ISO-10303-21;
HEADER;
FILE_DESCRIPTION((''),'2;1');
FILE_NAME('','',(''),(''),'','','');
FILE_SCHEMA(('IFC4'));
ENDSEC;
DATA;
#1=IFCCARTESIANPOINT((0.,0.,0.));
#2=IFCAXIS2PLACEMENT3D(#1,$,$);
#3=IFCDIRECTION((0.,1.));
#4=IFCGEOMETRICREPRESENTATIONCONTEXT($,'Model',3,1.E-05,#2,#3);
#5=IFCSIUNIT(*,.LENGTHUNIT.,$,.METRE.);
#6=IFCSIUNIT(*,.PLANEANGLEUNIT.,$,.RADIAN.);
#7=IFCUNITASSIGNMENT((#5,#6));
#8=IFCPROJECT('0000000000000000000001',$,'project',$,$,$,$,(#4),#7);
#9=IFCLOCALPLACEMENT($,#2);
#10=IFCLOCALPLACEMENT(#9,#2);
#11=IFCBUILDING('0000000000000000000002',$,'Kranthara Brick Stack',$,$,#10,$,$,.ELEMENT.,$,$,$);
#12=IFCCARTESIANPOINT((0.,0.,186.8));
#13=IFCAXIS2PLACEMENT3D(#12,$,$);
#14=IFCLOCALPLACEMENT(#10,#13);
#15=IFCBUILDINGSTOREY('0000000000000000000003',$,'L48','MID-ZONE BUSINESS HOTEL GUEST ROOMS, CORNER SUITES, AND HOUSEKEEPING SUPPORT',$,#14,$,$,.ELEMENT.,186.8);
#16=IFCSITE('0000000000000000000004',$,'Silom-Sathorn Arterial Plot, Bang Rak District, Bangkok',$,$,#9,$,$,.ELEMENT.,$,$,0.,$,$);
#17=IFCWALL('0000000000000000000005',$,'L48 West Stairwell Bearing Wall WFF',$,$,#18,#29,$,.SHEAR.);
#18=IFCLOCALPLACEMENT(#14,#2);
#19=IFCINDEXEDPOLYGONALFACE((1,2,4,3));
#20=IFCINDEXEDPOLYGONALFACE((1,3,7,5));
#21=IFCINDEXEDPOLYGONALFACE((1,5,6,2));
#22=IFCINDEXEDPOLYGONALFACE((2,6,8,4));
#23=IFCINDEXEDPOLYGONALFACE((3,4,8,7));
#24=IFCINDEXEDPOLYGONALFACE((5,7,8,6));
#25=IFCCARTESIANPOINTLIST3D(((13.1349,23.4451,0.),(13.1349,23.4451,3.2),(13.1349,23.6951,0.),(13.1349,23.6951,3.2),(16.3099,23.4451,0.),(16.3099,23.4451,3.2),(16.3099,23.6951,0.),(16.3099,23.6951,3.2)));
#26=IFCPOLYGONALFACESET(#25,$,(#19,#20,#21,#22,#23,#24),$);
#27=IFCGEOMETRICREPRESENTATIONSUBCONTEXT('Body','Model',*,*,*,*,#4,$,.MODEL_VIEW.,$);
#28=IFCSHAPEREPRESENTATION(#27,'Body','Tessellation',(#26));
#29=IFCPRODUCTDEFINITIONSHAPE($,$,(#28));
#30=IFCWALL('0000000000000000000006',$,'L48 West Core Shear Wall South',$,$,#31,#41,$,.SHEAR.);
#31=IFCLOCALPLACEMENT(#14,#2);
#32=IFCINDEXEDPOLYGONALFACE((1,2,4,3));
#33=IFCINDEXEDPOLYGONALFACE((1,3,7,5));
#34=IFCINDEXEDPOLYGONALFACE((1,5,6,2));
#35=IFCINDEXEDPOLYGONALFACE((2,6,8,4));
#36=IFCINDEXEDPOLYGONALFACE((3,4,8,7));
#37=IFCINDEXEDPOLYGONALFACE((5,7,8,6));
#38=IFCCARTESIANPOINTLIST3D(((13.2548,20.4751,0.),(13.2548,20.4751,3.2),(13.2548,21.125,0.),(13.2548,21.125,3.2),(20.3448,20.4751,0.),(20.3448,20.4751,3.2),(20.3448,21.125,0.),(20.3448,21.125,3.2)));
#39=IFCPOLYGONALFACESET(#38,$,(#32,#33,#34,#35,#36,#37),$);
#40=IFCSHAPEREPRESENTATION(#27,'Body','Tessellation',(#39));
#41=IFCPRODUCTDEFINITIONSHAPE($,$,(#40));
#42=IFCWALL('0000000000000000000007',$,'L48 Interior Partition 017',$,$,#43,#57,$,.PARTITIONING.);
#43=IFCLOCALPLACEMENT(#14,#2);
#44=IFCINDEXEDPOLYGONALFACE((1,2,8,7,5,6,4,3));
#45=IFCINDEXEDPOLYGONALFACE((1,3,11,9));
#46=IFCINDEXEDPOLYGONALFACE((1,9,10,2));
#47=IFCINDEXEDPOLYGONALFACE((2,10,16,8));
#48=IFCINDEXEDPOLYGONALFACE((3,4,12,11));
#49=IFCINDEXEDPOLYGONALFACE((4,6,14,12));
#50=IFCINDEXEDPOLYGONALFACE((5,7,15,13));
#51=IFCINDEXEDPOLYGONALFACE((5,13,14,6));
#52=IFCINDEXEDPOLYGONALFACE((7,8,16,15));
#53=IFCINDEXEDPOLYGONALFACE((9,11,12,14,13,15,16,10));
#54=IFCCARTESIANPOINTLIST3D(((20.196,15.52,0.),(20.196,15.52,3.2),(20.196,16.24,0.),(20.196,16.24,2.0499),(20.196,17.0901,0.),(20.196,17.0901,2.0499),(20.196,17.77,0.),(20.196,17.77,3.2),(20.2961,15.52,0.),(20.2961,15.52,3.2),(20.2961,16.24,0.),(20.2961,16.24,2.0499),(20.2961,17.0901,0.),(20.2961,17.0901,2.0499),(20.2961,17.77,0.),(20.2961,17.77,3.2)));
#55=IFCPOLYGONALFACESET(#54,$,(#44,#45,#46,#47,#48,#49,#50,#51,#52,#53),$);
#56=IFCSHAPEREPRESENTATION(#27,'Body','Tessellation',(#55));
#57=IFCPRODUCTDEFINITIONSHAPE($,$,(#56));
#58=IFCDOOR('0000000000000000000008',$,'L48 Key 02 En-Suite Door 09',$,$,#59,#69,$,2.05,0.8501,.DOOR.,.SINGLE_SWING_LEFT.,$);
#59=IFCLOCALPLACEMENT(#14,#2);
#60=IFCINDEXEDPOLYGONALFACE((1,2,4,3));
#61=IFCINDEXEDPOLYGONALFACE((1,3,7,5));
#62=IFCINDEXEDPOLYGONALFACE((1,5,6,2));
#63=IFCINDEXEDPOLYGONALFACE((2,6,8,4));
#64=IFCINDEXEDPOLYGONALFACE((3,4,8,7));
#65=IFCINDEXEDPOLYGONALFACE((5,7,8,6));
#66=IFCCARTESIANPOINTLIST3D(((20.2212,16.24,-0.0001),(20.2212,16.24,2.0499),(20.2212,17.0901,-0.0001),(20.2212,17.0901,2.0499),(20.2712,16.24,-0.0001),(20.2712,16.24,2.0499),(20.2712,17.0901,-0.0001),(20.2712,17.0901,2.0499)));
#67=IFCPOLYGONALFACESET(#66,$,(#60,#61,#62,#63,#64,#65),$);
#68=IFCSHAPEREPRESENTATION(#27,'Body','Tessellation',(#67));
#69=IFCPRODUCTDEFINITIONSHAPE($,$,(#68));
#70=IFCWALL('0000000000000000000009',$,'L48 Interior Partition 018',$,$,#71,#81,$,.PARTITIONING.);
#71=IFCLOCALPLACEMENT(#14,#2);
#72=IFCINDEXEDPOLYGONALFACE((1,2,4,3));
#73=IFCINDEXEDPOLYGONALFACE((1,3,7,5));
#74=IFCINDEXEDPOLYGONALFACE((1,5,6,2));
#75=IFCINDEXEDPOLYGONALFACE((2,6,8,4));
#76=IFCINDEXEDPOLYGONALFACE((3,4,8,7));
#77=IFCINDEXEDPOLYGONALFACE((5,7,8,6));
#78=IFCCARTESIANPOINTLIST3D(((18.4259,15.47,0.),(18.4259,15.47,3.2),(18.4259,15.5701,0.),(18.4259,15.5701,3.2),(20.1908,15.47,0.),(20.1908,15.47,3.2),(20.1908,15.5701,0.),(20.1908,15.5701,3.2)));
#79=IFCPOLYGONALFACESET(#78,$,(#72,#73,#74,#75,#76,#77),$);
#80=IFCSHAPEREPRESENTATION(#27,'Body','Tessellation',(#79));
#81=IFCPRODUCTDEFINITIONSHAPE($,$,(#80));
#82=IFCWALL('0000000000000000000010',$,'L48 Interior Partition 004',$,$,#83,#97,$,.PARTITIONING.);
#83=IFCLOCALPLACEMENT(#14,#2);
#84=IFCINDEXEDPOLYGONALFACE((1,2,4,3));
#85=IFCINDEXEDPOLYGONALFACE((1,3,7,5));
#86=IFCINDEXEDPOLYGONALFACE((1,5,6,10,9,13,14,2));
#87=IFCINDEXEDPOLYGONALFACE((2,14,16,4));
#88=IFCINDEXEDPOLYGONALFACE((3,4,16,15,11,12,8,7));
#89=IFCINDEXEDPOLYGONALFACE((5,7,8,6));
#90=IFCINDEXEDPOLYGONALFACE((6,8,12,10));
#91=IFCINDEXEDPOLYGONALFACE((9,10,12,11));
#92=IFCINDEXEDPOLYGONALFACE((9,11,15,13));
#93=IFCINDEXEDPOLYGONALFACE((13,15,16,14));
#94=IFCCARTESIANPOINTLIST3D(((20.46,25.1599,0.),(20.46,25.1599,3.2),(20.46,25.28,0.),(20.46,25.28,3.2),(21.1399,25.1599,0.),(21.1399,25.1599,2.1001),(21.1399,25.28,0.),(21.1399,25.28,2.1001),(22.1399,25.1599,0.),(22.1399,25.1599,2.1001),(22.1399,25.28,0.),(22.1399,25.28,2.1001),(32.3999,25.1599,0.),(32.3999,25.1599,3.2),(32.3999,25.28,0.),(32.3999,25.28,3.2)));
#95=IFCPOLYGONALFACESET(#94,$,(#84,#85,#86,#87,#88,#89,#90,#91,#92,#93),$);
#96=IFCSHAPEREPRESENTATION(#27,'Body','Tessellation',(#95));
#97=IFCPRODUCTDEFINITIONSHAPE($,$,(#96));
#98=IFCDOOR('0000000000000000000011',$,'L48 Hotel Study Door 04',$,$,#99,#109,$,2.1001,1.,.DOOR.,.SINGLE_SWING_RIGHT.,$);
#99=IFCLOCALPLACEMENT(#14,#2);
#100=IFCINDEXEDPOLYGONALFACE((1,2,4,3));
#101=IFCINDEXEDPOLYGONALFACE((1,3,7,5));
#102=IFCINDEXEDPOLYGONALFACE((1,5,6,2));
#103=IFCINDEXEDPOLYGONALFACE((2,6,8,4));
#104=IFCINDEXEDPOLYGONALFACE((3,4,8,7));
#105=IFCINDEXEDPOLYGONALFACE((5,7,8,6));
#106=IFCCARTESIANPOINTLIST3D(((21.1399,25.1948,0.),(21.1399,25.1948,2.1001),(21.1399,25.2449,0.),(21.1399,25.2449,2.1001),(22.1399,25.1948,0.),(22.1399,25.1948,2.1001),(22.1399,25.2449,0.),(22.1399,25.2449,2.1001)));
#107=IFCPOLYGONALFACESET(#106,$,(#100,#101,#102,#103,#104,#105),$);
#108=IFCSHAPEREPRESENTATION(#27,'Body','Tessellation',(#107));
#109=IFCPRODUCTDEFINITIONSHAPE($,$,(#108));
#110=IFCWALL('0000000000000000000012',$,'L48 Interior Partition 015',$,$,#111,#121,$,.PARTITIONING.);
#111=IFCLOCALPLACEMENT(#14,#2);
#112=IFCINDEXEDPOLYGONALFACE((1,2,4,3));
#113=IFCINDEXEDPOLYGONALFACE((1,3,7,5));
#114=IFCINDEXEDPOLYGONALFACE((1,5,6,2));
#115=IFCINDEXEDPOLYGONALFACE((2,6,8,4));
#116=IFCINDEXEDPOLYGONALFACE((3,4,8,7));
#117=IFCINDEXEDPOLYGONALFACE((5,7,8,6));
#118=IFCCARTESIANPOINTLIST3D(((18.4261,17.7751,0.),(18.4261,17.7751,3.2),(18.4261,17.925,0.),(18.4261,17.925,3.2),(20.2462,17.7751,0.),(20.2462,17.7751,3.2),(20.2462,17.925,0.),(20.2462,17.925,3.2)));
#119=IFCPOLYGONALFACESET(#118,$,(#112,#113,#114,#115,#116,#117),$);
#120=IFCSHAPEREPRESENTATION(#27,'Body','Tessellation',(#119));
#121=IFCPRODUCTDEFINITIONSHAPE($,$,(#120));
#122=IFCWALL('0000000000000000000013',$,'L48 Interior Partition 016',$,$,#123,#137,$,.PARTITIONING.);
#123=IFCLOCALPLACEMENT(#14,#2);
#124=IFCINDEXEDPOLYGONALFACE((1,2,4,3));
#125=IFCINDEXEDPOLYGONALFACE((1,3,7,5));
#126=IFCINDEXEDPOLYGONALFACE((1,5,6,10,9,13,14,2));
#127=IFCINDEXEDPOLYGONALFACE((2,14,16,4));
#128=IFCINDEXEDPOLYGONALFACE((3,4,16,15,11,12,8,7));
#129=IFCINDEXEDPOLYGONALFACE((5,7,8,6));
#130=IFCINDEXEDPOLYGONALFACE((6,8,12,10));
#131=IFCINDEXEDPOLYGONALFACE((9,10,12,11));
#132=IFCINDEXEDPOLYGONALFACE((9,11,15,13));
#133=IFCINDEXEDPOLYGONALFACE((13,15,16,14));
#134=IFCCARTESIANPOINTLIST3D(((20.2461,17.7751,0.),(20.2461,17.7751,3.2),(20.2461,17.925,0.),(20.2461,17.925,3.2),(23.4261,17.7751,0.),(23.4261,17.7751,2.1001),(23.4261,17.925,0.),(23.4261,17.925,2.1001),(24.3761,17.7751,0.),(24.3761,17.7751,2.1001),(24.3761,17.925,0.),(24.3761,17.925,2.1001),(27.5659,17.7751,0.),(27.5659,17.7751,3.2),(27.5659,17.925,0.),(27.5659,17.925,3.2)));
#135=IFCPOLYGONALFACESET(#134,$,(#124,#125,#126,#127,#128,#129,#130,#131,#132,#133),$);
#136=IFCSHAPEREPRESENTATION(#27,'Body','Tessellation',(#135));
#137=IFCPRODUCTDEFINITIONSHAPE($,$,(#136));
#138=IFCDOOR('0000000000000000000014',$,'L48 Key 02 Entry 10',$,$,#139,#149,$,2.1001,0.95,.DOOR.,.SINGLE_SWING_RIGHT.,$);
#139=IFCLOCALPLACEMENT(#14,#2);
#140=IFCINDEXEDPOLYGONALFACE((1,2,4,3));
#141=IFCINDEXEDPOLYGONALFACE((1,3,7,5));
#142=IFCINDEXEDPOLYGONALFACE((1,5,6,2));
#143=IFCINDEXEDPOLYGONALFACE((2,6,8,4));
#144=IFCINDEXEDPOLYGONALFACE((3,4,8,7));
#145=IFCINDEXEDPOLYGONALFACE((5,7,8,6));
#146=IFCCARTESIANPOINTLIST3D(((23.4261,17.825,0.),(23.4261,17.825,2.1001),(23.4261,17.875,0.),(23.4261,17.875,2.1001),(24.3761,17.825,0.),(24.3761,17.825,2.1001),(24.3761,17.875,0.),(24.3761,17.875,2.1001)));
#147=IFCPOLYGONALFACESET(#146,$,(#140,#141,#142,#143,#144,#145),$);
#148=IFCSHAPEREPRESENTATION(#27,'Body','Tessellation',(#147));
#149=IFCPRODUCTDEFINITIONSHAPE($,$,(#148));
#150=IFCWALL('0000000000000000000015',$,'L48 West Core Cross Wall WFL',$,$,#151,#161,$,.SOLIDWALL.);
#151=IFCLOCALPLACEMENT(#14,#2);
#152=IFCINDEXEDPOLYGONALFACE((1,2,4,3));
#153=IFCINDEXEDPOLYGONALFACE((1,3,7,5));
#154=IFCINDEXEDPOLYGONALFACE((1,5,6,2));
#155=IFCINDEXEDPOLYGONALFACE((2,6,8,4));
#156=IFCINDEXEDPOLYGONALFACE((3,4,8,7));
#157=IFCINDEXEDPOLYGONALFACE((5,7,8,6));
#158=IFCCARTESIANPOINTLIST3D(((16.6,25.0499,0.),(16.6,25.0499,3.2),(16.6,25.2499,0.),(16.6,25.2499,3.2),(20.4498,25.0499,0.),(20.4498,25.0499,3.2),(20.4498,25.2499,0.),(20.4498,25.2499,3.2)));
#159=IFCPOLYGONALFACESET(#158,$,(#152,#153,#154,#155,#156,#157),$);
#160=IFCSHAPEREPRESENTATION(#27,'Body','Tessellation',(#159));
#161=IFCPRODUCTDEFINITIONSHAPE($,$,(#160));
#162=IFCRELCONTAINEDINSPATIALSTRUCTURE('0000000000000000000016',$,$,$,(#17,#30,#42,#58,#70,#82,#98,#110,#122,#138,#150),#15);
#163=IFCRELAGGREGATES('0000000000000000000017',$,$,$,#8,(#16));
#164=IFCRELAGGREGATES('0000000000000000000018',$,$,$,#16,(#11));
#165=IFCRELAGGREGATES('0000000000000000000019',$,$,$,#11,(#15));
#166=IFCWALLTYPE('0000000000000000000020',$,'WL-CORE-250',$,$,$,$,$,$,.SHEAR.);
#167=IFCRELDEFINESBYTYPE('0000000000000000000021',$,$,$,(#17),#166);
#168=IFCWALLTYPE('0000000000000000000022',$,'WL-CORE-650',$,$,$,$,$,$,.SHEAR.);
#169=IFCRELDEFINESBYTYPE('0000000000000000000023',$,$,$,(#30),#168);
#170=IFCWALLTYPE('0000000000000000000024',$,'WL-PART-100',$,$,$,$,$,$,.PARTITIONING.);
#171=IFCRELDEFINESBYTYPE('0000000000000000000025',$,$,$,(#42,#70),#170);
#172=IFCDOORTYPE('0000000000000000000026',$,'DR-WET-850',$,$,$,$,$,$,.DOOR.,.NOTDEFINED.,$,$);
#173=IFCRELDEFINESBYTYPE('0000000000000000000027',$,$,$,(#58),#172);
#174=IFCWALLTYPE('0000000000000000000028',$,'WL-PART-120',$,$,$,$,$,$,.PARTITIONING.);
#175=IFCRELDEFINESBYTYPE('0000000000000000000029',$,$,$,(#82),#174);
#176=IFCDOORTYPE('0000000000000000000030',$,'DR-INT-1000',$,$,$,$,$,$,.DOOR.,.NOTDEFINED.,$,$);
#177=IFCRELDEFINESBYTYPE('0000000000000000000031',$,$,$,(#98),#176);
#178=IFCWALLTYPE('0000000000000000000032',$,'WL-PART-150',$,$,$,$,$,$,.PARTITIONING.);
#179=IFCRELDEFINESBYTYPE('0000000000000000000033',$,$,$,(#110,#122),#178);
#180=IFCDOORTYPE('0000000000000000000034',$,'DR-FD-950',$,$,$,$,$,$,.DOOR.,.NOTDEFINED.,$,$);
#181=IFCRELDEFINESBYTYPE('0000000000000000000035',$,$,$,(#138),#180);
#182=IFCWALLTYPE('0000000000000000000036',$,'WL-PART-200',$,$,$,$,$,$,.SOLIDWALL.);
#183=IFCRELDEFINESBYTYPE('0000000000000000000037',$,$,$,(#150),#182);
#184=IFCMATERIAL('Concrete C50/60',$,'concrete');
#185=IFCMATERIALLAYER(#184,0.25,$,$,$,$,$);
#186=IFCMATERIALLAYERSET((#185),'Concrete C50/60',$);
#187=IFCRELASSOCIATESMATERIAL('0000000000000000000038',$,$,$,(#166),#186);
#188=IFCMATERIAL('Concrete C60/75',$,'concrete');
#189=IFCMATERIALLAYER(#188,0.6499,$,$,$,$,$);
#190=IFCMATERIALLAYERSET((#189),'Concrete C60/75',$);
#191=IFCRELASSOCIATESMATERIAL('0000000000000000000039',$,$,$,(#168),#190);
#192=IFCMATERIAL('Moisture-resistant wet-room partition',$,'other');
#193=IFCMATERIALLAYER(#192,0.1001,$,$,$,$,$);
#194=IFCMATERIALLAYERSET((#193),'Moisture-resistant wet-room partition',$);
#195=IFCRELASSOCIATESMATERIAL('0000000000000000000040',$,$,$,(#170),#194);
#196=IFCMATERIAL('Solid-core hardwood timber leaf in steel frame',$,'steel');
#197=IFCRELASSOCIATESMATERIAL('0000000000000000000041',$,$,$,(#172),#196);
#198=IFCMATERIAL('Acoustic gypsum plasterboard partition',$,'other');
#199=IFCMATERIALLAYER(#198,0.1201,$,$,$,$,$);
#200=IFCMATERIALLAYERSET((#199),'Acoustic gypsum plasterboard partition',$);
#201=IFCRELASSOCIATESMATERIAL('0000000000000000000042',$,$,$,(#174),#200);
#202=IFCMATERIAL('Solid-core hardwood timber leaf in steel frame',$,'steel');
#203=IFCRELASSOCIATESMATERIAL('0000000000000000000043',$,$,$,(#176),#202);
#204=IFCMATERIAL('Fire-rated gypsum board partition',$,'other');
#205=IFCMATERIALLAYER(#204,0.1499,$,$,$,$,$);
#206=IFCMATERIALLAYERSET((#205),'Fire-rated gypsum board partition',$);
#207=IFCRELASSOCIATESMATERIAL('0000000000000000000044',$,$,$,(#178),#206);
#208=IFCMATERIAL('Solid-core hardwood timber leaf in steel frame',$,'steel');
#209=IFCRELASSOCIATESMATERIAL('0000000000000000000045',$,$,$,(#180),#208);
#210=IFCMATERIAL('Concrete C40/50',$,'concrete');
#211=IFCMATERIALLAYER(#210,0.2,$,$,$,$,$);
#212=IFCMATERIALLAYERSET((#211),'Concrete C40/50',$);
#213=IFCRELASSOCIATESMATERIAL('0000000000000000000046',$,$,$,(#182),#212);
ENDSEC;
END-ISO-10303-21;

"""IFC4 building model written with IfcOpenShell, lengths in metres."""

from ifc_helpers import new_model, si_unit, direction, frame, frame_2d, origin, place, context, subcontext, project, spatial, rectangle, extrude, material, layer, layer_set, type_object, element, fill, save


model = new_model("IFC4")

# Units and contexts
model_context = context("Model", 3, precision=1e-05, world=origin(), true_north=direction((0.0, 1.0)))
body_context = subcontext(model_context, "Body", "Model", "MODEL_VIEW")
ifc_project = project(units=[si_unit("LENGTHUNIT", "METRE"), si_unit("PLANEANGLEUNIT", "RADIAN")], contexts=[model_context])

# Site, building, storey
site_placement = place(None, origin())
site = spatial("IfcSite", under=ifc_project, at=site_placement, Name="Silom-Sathorn Arterial Plot, Bang Rak District, Bangkok", CompositionType="ELEMENT", RefElevation=0.0)
building_placement = place(site_placement, origin())
building = spatial("IfcBuilding", under=site, at=building_placement, Name="Kranthara Brick Stack", CompositionType="ELEMENT")
storey_placement = place(building_placement, frame((0.0, 0.0, 186.8)))
storey = spatial("IfcBuildingStorey", under=building, at=storey_placement, Name="L48", Description="MID-ZONE BUSINESS HOTEL GUEST ROOMS, CORNER SUITES, AND HOUSEKEEPING SUPPORT", CompositionType="ELEMENT", Elevation=186.8)

# Shared definitions
ifc_material_1 = material(Name="Concrete C50/60", Category="concrete")
ifc_layer_1 = layer(ifc_material_1, 0.25)
ifc_layer_set_1 = layer_set([ifc_layer_1], Name="Concrete C50/60")
wall_type_1 = type_object("IfcWallType", Name="WL-CORE-250", PredefinedType="SHEAR", material=ifc_layer_set_1)

# Walls
wall_1_placement = place(storey_placement, frame((13.135, 23.5701, 0.0), z_axis=(0.0, 0.0, 1.0), x_axis=(1.0, 0.0, 0.0)))
element("IfcWall", 1, at=wall_1_placement, inside=storey, type_object=wall_type_1, Name="L48 West Stairwell Bearing Wall WFF", PredefinedType="SHEAR", context=body_context, shape_type="SweptSolid", body=[
    extrude(rectangle(XDim=3.175, YDim=0.25, at=frame_2d((1.5874, 0.0))), origin(), (0.0, 0.0, 1.0), 3.2),
])
ifc_material_2 = material(Name="Concrete C60/75", Category="concrete")
ifc_layer_2 = layer(ifc_material_2, 0.6499)
ifc_layer_set_2 = layer_set([ifc_layer_2], Name="Concrete C60/75")
wall_type_2 = type_object("IfcWallType", Name="WL-CORE-650", PredefinedType="SHEAR", material=ifc_layer_set_2)
wall_2_placement = place(storey_placement, frame((13.2549, 20.8, 0.0), z_axis=(0.0, 0.0, 1.0), x_axis=(1.0, 0.0, 0.0)))
element("IfcWall", 2, at=wall_2_placement, inside=storey, type_object=wall_type_2, Name="L48 West Core Shear Wall South", PredefinedType="SHEAR", context=body_context, shape_type="SweptSolid", body=[
    extrude(rectangle(XDim=7.0901, YDim=0.6499, at=frame_2d((3.5449, 0.0))), origin(), (0.0, 0.0, 1.0), 3.2),
])

# Wall, opening, door
ifc_material_3 = material(Name="Moisture-resistant wet-room partition", Category="other")
ifc_layer_3 = layer(ifc_material_3, 0.1001)
ifc_layer_set_3 = layer_set([ifc_layer_3], Name="Moisture-resistant wet-room partition")
wall_type_3 = type_object("IfcWallType", Name="WL-PART-100", PredefinedType="PARTITIONING", material=ifc_layer_set_3)
wall_3_placement = place(storey_placement, frame((20.2461, 15.52, 0.0), z_axis=(0.0, 0.0, 1.0), x_axis=(0.0, 1.0, 0.0)))
wall_3 = element("IfcWall", 3, at=wall_3_placement, inside=storey, type_object=wall_type_3, Name="L48 Interior Partition 017", PredefinedType="PARTITIONING", context=body_context, shape_type="SweptSolid", body=[
    extrude(rectangle(XDim=2.25, YDim=0.1001, at=frame_2d((1.125, 0.0))), origin(), (0.0, 0.0, 1.0), 3.2),
])
opening_1_placement = place(wall_3_placement, frame((0.72, 0.0, 0.0)))
opening_1 = element("IfcOpeningElement", 4, at=opening_1_placement, cuts=wall_3, PredefinedType="OPENING", context=body_context, shape_type="SweptSolid", body=[
    extrude(rectangle(XDim=0.8501, YDim=2.05, at=frame_2d((0.425, 1.0249))), frame((0.0, 0.0601, 0.0), z_axis=(0.0, -1.0, 0.0), x_axis=(1.0, 0.0, 0.0)), (0.0, 0.0, 1.0), 0.1201),
])
ifc_material_4 = material(Name="Solid-core hardwood timber leaf in steel frame", Category="steel")
door_type_1 = type_object("IfcDoorType", Name="DR-WET-850", OperationType="NOTDEFINED", PredefinedType="DOOR", material=ifc_material_4)
door_1_placement = place(opening_1_placement, origin())
door_1 = element("IfcDoor", 5, at=door_1_placement, inside=storey, type_object=door_type_1, Name="L48 Key 02 En-Suite Door 09", OperationType="SINGLE_SWING_LEFT", OverallHeight=2.05, OverallWidth=0.8501, PredefinedType="DOOR", context=body_context, shape_type="SweptSolid", body=[
    extrude(rectangle(XDim=0.8501, YDim=2.05, at=frame_2d((0.425, 1.0249))), frame((0.0, 0.0249, 0.0), z_axis=(0.0, -1.0, 0.0), x_axis=(1.0, 0.0, 0.0)), (0.0, 0.0, 1.0), 0.05),
])
fill(opening_1, door_1)

# Wall
wall_4_placement = place(storey_placement, frame((18.426, 15.52, 0.0), z_axis=(0.0, 0.0, 1.0), x_axis=(1.0, 0.0, 0.0)))
element("IfcWall", 6, at=wall_4_placement, inside=storey, type_object=wall_type_3, Name="L48 Interior Partition 018", PredefinedType="PARTITIONING", context=body_context, shape_type="SweptSolid", body=[
    extrude(rectangle(XDim=1.7649, YDim=0.1001, at=frame_2d((0.8823, 0.0))), origin(), (0.0, 0.0, 1.0), 3.2),
])

# Wall, opening, door
ifc_material_5 = material(Name="Acoustic gypsum plasterboard partition", Category="other")
ifc_layer_4 = layer(ifc_material_5, 0.1201)
ifc_layer_set_4 = layer_set([ifc_layer_4], Name="Acoustic gypsum plasterboard partition")
wall_type_4 = type_object("IfcWallType", Name="WL-PART-120", PredefinedType="PARTITIONING", material=ifc_layer_set_4)
wall_5_placement = place(storey_placement, frame((20.46, 25.22, 0.0), z_axis=(0.0, 0.0, 1.0), x_axis=(1.0, 0.0, 0.0)))
wall_5 = element("IfcWall", 7, at=wall_5_placement, inside=storey, type_object=wall_type_4, Name="L48 Interior Partition 004", PredefinedType="PARTITIONING", context=body_context, shape_type="SweptSolid", body=[
    extrude(rectangle(XDim=11.9399, YDim=0.1201, at=frame_2d((5.97, 0.0))), origin(), (0.0, 0.0, 1.0), 3.2),
])
opening_2_placement = place(wall_5_placement, frame((0.6799, 0.0, 0.0)))
opening_2 = element("IfcOpeningElement", 8, at=opening_2_placement, cuts=wall_5, PredefinedType="OPENING", context=body_context, shape_type="SweptSolid", body=[
    extrude(rectangle(XDim=1.0, YDim=2.1001, at=frame_2d((0.5, 1.05))), frame((0.0, 0.0701, 0.0), z_axis=(0.0, -1.0, 0.0), x_axis=(1.0, 0.0, 0.0)), (0.0, 0.0, 1.0), 0.1401),
])
ifc_material_6 = material(Name="Solid-core hardwood timber leaf in steel frame", Category="steel")
door_type_2 = type_object("IfcDoorType", Name="DR-INT-1000", OperationType="NOTDEFINED", PredefinedType="DOOR", material=ifc_material_6)
door_2_placement = place(opening_2_placement, origin())
door_2 = element("IfcDoor", 9, at=door_2_placement, inside=storey, type_object=door_type_2, Name="L48 Hotel Study Door 04", OperationType="SINGLE_SWING_RIGHT", OverallHeight=2.1001, OverallWidth=1.0, PredefinedType="DOOR", context=body_context, shape_type="SweptSolid", body=[
    extrude(rectangle(XDim=1.0, YDim=2.1001, at=frame_2d((0.5, 1.05))), frame((0.0, 0.0249, 0.0), z_axis=(0.0, -1.0, 0.0), x_axis=(1.0, 0.0, 0.0)), (0.0, 0.0, 1.0), 0.05),
])
fill(opening_2, door_2)

# Wall
ifc_material_7 = material(Name="Fire-rated gypsum board partition", Category="other")
ifc_layer_5 = layer(ifc_material_7, 0.1499)
ifc_layer_set_5 = layer_set([ifc_layer_5], Name="Fire-rated gypsum board partition")
wall_type_5 = type_object("IfcWallType", Name="WL-PART-150", PredefinedType="PARTITIONING", material=ifc_layer_set_5)
wall_6_placement = place(storey_placement, frame((18.426, 17.8501, 0.0), z_axis=(0.0, 0.0, 1.0), x_axis=(1.0, 0.0, 0.0)))
element("IfcWall", 10, at=wall_6_placement, inside=storey, type_object=wall_type_5, Name="L48 Interior Partition 015", PredefinedType="PARTITIONING", context=body_context, shape_type="SweptSolid", body=[
    extrude(rectangle(XDim=1.8201, YDim=0.1499, at=frame_2d((0.9102, 0.0))), origin(), (0.0, 0.0, 1.0), 3.2),
])

# Wall, opening, door
wall_7_placement = place(storey_placement, frame((20.2461, 17.8501, 0.0), z_axis=(0.0, 0.0, 1.0), x_axis=(1.0, 0.0, 0.0)))
wall_7 = element("IfcWall", 11, at=wall_7_placement, inside=storey, type_object=wall_type_5, Name="L48 Interior Partition 016", PredefinedType="PARTITIONING", context=body_context, shape_type="SweptSolid", body=[
    extrude(rectangle(XDim=7.3198, YDim=0.1499, at=frame_2d((3.6599, 0.0))), origin(), (0.0, 0.0, 1.0), 3.2),
])
opening_3_placement = place(wall_7_placement, frame((3.1799, 0.0, 0.0)))
opening_3 = element("IfcOpeningElement", 12, at=opening_3_placement, cuts=wall_7, PredefinedType="OPENING", context=body_context, shape_type="SweptSolid", body=[
    extrude(rectangle(XDim=0.95, YDim=2.1001, at=frame_2d((0.4751, 1.05))), frame((0.0, 0.085, 0.0), z_axis=(0.0, -1.0, 0.0), x_axis=(1.0, 0.0, 0.0)), (0.0, 0.0, 1.0), 0.1699),
])
ifc_material_8 = material(Name="Solid-core hardwood timber leaf in steel frame", Category="steel")
door_type_3 = type_object("IfcDoorType", Name="DR-FD-950", OperationType="NOTDEFINED", PredefinedType="DOOR", material=ifc_material_8)
door_3_placement = place(opening_3_placement, origin())
door_3 = element("IfcDoor", 13, at=door_3_placement, inside=storey, type_object=door_type_3, Name="L48 Key 02 Entry 10", OperationType="SINGLE_SWING_RIGHT", OverallHeight=2.1001, OverallWidth=0.95, PredefinedType="DOOR", context=body_context, shape_type="SweptSolid", body=[
    extrude(rectangle(XDim=0.95, YDim=2.1001, at=frame_2d((0.4751, 1.05))), frame((0.0, 0.0249, 0.0), z_axis=(0.0, -1.0, 0.0), x_axis=(1.0, 0.0, 0.0)), (0.0, 0.0, 1.0), 0.05),
])
fill(opening_3, door_3)

# Wall
ifc_material_9 = material(Name="Concrete C40/50", Category="concrete")
ifc_layer_6 = layer(ifc_material_9, 0.2)
ifc_layer_set_6 = layer_set([ifc_layer_6], Name="Concrete C40/50")
wall_type_6 = type_object("IfcWallType", Name="WL-PART-200", PredefinedType="SOLIDWALL", material=ifc_layer_set_6)
wall_8_placement = place(storey_placement, frame((16.6001, 25.1499, 0.0), z_axis=(0.0, 0.0, 1.0), x_axis=(1.0, 0.0, 0.0)))
element("IfcWall", 14, at=wall_8_placement, inside=storey, type_object=wall_type_6, Name="L48 West Core Cross Wall WFL", PredefinedType="SOLIDWALL", context=body_context, shape_type="SweptSolid", body=[
    extrude(rectangle(XDim=3.8499, YDim=0.2, at=frame_2d((1.9248, 0.0))), origin(), (0.0, 0.0, 1.0), 3.2),
])

save(model, "model.ifc")
